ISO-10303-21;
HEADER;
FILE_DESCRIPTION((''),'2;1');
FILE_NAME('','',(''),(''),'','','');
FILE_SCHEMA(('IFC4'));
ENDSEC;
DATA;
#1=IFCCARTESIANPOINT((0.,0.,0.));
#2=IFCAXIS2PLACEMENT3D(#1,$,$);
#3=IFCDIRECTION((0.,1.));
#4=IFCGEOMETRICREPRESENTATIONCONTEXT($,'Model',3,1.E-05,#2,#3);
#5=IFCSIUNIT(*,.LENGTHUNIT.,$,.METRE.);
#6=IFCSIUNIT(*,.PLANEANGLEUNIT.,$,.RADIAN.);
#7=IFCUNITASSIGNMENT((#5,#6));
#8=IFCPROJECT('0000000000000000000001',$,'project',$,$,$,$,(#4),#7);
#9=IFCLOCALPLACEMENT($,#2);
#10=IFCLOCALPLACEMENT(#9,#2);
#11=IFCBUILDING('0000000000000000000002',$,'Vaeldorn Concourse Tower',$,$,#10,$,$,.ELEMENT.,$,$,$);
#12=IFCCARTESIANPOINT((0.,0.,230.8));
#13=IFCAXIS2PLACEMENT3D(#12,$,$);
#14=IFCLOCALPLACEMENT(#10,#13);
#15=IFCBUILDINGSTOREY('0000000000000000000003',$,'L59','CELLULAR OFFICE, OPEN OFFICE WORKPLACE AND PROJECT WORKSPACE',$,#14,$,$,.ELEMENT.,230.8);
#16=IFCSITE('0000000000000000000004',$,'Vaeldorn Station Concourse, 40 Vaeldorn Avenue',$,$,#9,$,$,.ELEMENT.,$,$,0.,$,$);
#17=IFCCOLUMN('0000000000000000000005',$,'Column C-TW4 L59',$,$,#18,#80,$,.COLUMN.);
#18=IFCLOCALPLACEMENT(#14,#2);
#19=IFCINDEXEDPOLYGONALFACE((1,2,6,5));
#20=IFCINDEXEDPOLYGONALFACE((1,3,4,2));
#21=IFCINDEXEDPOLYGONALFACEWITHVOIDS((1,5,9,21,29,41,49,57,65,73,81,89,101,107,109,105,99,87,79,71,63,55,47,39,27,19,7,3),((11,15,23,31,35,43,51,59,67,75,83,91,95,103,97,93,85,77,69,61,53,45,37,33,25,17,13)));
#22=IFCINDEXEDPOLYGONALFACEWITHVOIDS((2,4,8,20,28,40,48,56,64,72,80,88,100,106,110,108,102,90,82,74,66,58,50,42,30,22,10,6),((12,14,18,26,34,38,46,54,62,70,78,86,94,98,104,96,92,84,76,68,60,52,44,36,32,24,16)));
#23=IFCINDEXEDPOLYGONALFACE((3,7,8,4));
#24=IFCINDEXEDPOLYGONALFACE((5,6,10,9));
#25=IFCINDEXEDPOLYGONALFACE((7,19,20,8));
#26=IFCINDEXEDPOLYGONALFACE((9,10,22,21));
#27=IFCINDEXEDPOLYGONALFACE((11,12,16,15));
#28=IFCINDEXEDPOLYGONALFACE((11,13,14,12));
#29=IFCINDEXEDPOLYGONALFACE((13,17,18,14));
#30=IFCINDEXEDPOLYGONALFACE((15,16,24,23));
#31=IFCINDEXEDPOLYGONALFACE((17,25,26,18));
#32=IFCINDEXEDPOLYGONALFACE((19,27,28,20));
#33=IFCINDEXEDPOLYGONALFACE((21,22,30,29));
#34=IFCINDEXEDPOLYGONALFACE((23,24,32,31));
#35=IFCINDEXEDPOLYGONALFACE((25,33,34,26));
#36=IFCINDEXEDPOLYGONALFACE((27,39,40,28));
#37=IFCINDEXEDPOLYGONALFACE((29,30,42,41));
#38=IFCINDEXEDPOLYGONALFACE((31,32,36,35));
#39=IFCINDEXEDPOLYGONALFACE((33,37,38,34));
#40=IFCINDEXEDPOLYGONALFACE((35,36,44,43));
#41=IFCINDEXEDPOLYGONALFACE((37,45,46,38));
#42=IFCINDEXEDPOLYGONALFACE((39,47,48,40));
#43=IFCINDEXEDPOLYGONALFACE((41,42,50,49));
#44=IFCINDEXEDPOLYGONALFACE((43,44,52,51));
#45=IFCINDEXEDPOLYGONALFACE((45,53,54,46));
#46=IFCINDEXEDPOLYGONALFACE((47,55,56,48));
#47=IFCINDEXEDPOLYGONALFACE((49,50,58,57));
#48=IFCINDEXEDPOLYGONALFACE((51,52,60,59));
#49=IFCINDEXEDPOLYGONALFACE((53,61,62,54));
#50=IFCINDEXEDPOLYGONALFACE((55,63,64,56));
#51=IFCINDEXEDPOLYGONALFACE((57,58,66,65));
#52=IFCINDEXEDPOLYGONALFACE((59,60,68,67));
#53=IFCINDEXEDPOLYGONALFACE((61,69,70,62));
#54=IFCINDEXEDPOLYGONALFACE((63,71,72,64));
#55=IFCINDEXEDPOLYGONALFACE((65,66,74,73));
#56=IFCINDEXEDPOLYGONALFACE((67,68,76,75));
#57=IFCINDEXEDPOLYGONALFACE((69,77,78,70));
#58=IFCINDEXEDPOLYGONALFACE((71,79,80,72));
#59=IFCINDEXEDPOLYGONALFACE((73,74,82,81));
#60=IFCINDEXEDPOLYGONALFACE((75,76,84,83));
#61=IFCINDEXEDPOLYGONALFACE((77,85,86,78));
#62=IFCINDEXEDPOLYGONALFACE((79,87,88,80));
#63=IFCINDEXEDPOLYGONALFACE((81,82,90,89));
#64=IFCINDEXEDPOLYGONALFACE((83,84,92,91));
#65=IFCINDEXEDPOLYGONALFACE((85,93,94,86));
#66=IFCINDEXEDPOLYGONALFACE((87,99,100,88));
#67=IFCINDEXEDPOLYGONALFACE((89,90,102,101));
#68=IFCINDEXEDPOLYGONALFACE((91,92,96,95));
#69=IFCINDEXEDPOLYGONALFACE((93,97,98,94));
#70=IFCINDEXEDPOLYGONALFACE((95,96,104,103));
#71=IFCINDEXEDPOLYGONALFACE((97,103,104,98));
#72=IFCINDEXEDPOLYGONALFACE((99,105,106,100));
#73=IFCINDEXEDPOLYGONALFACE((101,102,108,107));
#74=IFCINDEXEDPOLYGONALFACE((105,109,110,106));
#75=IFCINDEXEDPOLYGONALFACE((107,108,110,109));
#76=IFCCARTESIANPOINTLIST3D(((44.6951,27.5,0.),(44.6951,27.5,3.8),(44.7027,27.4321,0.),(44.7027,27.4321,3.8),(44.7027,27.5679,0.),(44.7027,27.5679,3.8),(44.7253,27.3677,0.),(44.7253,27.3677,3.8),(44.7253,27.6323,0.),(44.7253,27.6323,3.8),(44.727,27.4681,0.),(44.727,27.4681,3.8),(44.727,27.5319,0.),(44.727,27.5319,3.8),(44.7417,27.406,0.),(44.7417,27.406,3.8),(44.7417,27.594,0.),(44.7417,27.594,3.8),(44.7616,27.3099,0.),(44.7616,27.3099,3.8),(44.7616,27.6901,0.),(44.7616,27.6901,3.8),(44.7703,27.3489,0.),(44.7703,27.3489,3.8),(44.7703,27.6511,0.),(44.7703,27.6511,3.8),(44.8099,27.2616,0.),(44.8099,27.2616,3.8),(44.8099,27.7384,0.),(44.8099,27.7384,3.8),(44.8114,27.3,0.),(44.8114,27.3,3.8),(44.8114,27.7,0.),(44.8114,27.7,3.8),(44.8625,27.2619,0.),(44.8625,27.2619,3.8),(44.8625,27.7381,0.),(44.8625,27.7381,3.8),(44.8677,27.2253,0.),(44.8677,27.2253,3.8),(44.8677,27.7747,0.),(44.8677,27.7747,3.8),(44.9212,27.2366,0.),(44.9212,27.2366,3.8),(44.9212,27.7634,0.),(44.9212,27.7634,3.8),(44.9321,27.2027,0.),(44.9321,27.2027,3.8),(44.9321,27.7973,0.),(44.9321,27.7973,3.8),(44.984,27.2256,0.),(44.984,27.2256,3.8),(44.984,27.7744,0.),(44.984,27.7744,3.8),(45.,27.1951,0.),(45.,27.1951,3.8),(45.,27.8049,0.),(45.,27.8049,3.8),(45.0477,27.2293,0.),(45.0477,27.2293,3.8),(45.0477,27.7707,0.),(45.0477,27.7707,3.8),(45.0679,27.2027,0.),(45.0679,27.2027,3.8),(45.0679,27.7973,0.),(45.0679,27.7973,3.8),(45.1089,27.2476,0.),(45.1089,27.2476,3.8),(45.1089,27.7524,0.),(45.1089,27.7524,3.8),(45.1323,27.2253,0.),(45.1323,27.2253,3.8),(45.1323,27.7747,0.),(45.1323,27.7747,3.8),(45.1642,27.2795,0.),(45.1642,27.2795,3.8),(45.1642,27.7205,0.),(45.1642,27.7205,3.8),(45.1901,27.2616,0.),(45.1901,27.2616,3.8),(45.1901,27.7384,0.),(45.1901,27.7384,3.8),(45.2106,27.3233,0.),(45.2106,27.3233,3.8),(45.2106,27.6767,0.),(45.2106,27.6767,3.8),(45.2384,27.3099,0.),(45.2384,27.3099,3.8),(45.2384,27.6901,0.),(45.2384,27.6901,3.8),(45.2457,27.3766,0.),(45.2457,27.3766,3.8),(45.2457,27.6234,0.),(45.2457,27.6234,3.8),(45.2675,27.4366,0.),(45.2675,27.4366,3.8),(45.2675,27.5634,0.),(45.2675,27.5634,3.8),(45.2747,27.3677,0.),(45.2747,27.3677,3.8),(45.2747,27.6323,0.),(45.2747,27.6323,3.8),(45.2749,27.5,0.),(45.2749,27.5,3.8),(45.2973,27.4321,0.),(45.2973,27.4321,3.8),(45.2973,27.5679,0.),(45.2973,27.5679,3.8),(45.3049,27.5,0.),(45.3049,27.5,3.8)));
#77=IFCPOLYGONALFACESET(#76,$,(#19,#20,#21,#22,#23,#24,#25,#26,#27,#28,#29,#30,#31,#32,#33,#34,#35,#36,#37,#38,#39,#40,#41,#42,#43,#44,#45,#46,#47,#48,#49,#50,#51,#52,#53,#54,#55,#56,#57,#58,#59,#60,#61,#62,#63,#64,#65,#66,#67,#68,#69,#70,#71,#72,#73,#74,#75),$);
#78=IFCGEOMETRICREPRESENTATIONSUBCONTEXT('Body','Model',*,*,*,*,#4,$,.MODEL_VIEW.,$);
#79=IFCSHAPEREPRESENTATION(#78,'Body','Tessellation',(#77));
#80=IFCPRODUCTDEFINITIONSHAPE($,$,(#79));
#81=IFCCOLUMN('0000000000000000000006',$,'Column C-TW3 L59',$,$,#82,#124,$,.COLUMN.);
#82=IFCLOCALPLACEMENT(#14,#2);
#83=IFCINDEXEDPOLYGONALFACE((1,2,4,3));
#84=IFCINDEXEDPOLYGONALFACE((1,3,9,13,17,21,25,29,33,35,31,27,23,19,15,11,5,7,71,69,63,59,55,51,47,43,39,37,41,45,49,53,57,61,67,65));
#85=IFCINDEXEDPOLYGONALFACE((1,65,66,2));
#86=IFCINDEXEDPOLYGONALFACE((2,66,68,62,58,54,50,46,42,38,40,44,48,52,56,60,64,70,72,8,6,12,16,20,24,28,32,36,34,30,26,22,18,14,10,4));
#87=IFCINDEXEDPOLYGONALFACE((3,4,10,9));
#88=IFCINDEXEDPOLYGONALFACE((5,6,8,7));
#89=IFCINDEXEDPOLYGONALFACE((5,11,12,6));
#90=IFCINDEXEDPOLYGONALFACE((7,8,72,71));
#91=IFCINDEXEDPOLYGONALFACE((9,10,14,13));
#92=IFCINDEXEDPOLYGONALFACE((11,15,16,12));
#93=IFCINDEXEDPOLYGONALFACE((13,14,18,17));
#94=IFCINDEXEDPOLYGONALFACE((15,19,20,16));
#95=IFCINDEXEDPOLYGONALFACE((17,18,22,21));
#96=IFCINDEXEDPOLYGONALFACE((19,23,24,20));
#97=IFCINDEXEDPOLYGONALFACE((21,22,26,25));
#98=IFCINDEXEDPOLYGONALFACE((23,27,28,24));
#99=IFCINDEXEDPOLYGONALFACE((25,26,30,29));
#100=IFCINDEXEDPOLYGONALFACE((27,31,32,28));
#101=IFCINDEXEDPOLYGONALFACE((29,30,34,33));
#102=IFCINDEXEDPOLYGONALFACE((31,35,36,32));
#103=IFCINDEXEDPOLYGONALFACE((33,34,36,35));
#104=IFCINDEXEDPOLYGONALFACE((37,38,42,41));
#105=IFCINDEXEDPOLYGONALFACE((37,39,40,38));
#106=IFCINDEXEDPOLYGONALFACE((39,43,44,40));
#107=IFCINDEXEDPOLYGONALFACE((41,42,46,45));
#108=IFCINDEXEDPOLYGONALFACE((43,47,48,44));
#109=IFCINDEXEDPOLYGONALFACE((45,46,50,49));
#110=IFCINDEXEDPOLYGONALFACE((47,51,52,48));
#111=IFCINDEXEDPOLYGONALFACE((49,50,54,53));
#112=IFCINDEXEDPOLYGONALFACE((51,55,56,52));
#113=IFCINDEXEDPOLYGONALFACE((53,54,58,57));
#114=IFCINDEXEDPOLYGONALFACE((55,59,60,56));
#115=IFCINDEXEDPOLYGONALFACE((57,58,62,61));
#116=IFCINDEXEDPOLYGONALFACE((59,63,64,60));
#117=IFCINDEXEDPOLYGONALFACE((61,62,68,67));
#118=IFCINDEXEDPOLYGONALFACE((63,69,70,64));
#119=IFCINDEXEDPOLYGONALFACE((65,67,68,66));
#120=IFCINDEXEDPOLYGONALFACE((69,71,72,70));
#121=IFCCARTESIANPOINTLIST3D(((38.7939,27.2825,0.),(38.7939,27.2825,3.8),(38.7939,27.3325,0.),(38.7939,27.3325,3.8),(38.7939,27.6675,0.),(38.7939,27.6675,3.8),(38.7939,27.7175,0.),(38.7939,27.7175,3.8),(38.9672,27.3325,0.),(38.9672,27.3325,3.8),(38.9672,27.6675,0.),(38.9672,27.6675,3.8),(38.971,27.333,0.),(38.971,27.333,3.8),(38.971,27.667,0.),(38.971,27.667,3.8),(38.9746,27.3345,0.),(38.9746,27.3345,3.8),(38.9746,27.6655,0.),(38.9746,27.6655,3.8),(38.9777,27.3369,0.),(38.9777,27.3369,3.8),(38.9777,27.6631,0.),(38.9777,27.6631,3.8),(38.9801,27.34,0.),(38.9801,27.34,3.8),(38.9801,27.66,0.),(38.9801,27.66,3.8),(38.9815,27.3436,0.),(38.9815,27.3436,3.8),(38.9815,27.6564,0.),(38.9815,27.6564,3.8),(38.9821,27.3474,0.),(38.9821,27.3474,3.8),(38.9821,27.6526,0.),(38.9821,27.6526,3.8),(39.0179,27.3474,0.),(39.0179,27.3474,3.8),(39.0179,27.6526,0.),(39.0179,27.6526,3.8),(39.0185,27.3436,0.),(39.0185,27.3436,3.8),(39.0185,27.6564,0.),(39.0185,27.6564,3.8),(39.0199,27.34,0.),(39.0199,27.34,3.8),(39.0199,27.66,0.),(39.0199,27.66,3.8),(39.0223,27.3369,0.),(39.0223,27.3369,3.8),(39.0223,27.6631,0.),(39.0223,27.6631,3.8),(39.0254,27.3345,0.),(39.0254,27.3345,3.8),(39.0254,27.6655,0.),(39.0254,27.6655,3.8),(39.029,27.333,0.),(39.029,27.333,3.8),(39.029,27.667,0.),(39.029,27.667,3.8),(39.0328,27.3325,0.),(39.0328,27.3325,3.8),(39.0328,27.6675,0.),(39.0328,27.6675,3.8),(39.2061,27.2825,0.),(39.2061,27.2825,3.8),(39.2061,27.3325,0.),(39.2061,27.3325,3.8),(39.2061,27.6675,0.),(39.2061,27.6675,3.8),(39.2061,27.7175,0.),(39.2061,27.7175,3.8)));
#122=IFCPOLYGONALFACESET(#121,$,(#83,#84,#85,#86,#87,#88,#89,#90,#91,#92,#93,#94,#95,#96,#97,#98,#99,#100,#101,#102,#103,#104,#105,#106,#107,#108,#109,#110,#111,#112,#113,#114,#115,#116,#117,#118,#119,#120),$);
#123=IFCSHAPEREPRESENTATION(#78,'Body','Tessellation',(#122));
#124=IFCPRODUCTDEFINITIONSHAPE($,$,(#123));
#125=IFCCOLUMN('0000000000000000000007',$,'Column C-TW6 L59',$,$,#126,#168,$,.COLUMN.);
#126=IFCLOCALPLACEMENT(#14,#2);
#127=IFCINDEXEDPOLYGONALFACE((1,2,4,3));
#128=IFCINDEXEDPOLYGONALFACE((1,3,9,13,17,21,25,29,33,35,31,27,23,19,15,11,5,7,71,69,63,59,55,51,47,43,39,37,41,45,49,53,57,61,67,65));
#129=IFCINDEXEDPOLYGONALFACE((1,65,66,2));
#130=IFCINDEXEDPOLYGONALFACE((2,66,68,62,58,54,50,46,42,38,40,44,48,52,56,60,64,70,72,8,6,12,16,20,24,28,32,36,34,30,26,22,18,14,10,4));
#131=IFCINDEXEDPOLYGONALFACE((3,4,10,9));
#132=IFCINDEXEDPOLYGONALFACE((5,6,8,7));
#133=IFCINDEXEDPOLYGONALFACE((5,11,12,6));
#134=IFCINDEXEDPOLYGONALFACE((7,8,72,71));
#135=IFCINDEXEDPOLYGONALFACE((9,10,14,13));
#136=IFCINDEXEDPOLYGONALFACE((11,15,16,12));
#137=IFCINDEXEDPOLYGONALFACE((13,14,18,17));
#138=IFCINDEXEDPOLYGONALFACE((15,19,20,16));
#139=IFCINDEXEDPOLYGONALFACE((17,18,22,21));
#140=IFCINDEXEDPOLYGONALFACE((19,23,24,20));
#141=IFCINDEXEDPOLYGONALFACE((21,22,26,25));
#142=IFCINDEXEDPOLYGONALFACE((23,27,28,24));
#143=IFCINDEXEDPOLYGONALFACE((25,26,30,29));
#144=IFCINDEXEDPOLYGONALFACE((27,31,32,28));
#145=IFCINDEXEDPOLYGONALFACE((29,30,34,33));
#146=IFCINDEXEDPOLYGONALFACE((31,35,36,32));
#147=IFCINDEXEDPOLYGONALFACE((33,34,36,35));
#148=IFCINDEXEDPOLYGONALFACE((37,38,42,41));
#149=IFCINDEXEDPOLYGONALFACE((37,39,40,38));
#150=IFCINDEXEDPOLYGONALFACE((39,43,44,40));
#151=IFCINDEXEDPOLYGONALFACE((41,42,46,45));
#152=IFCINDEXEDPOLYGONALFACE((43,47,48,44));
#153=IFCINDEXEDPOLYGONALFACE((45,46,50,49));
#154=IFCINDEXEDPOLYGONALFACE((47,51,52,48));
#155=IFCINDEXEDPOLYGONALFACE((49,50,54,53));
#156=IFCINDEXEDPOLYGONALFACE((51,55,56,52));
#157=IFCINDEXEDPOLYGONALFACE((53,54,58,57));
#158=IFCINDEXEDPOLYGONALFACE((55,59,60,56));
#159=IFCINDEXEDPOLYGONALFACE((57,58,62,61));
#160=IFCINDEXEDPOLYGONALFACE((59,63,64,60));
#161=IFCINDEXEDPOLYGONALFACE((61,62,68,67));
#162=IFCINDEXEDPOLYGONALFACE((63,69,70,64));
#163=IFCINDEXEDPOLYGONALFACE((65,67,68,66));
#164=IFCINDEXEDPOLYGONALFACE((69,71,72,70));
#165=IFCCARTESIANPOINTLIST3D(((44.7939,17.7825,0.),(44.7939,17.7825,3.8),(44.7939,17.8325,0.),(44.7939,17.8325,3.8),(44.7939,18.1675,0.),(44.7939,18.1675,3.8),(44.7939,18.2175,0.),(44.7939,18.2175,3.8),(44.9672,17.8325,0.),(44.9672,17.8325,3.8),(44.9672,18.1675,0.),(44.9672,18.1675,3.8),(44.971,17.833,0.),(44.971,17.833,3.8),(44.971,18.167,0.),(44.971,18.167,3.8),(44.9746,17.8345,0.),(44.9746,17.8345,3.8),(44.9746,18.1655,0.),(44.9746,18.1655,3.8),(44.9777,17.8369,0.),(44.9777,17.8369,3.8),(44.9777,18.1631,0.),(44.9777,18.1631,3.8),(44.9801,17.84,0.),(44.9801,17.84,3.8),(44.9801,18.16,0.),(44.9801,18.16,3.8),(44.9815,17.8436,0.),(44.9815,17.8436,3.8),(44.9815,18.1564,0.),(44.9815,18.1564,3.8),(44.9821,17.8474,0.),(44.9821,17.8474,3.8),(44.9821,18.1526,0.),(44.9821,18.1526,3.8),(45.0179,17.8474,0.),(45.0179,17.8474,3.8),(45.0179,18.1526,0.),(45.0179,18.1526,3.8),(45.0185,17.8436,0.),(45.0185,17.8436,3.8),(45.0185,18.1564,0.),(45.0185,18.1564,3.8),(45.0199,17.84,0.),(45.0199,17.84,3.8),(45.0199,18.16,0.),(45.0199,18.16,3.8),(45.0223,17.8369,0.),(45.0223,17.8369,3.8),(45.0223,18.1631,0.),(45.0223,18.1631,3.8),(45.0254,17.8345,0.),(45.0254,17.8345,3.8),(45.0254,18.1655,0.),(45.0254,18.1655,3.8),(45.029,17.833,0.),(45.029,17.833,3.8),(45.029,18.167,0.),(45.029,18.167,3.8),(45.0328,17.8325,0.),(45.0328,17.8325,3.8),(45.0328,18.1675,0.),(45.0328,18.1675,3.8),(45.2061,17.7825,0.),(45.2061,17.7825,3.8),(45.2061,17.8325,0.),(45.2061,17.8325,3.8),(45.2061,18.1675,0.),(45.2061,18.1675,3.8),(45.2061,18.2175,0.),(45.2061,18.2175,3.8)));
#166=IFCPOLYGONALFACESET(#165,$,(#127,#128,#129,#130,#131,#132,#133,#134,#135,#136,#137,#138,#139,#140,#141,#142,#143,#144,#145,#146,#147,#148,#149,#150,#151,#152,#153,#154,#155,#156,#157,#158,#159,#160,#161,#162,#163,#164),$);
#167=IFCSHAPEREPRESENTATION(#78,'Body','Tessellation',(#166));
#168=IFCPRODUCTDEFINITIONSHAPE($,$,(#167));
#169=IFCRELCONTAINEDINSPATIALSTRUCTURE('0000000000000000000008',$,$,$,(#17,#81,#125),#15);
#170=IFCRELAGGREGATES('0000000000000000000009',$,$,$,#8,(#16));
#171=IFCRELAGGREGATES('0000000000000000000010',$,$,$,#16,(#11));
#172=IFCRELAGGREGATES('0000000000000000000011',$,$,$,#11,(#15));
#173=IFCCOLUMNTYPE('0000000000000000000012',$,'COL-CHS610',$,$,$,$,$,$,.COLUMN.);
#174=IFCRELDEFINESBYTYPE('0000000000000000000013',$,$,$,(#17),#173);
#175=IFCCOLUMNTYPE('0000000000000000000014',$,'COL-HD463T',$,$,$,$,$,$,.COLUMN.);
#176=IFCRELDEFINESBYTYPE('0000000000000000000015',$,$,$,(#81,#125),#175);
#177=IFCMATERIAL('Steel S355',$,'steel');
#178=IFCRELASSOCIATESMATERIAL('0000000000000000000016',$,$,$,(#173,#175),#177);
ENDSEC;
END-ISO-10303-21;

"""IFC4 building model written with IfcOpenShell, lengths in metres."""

from ifc_helpers import new_model, si_unit, direction, frame, origin, origin_2d, place, context, subcontext, project, spatial, hollow_circle, i_section, extrude, source, transform, mapped, material, material_profile, profile_set, type_object, element, save


model = new_model("IFC4")

# Units and contexts
model_context = context("Model", 3, precision=1e-05, world=origin(), true_north=direction((0.0, 1.0)))
body_context = subcontext(model_context, "Body", "Model", "MODEL_VIEW")
ifc_project = project(units=[si_unit("LENGTHUNIT", "METRE"), si_unit("PLANEANGLEUNIT", "RADIAN")], contexts=[model_context])

# Site, building, storey
site_placement = place(None, origin())
site = spatial("IfcSite", under=ifc_project, at=site_placement, Name="Vaeldorn Station Concourse, 40 Vaeldorn Avenue", CompositionType="ELEMENT", RefElevation=0.0)
building_placement = place(site_placement, origin())
building = spatial("IfcBuilding", under=site, at=building_placement, Name="Vaeldorn Concourse Tower", CompositionType="ELEMENT")
storey_placement = place(building_placement, frame((0.0, 0.0, 230.8)))
storey = spatial("IfcBuildingStorey", under=building, at=storey_placement, Name="L59", Description="CELLULAR OFFICE, OPEN OFFICE WORKPLACE AND PROJECT WORKSPACE", CompositionType="ELEMENT", Elevation=230.8)

# Columns
ifc_material_1 = material(Name="Steel S355", Category="steel")
ifc_material_profile_1 = material_profile(ifc_material_1, hollow_circle(Radius=0.3049, WallThickness=0.03, at=origin_2d()), Name="CHS 610x30")
ifc_profile_set_1 = profile_set([ifc_material_profile_1], Name="Steel S355")
column_type_1 = type_object("IfcColumnType", Name="COL-CHS610", PredefinedType="COLUMN", material=ifc_profile_set_1)
shared_shape_1 = source(origin(), body_context, "Body", "SweptSolid", [
    extrude(hollow_circle(Radius=0.3049, WallThickness=0.03, at=origin_2d()), origin(), (0.0, 0.0, 1.0), 3.8),
])
column_placement = place(storey_placement, frame((45.0, 27.5, 0.0), z_axis=(0.0, 0.0, 1.0), x_axis=(1.0, 0.0, 0.0)))
element("IfcColumn", 1, at=column_placement, inside=storey, type_object=column_type_1, Name="Column C-TW4 L59", PredefinedType="COLUMN", context=body_context, shape_type="MappedRepresentation", body=[
    mapped(shared_shape_1, transform((0.0, 0.0, 0.0), scale=1.0)),
])
ifc_material_profile_2 = material_profile(ifc_material_1, i_section(OverallWidth=0.4121, OverallDepth=0.4351, WebThickness=0.0359, FlangeThickness=0.05, FilletRadius=0.0149, at=origin_2d()), Name="HD 400x463")
ifc_profile_set_2 = profile_set([ifc_material_profile_2], Name="Steel S355")
column_type_2 = type_object("IfcColumnType", Name="COL-HD463T", PredefinedType="COLUMN", material=ifc_profile_set_2)
shared_shape_2 = source(origin(), body_context, "Body", "SweptSolid", [
    extrude(i_section(OverallWidth=0.4121, OverallDepth=0.4351, WebThickness=0.0359, FlangeThickness=0.05, FilletRadius=0.0149, at=origin_2d()), origin(), (0.0, 0.0, 1.0), 3.8),
])
for number, where, z_axis, x_axis, name in (
    (2, (39.0, 27.5, 0.0), (0.0, 0.0, 1.0), (1.0, 0.0, 0.0), "Column C-TW3 L59"),
    (3, (45.0, 18.0, 0.0), (0.0, 0.0, 1.0), (1.0, 0.0, 0.0), "Column C-TW6 L59"),
):
    element("IfcColumn", number, at=place(storey_placement, frame(where, z_axis=z_axis, x_axis=x_axis)), inside=storey, type_object=column_type_2, Name=name, PredefinedType="COLUMN", context=body_context, shape_type="MappedRepresentation", body=[
        mapped(shared_shape_2, transform((0.0, 0.0, 0.0), scale=1.0)),
    ])

save(model, "model.ifc")
